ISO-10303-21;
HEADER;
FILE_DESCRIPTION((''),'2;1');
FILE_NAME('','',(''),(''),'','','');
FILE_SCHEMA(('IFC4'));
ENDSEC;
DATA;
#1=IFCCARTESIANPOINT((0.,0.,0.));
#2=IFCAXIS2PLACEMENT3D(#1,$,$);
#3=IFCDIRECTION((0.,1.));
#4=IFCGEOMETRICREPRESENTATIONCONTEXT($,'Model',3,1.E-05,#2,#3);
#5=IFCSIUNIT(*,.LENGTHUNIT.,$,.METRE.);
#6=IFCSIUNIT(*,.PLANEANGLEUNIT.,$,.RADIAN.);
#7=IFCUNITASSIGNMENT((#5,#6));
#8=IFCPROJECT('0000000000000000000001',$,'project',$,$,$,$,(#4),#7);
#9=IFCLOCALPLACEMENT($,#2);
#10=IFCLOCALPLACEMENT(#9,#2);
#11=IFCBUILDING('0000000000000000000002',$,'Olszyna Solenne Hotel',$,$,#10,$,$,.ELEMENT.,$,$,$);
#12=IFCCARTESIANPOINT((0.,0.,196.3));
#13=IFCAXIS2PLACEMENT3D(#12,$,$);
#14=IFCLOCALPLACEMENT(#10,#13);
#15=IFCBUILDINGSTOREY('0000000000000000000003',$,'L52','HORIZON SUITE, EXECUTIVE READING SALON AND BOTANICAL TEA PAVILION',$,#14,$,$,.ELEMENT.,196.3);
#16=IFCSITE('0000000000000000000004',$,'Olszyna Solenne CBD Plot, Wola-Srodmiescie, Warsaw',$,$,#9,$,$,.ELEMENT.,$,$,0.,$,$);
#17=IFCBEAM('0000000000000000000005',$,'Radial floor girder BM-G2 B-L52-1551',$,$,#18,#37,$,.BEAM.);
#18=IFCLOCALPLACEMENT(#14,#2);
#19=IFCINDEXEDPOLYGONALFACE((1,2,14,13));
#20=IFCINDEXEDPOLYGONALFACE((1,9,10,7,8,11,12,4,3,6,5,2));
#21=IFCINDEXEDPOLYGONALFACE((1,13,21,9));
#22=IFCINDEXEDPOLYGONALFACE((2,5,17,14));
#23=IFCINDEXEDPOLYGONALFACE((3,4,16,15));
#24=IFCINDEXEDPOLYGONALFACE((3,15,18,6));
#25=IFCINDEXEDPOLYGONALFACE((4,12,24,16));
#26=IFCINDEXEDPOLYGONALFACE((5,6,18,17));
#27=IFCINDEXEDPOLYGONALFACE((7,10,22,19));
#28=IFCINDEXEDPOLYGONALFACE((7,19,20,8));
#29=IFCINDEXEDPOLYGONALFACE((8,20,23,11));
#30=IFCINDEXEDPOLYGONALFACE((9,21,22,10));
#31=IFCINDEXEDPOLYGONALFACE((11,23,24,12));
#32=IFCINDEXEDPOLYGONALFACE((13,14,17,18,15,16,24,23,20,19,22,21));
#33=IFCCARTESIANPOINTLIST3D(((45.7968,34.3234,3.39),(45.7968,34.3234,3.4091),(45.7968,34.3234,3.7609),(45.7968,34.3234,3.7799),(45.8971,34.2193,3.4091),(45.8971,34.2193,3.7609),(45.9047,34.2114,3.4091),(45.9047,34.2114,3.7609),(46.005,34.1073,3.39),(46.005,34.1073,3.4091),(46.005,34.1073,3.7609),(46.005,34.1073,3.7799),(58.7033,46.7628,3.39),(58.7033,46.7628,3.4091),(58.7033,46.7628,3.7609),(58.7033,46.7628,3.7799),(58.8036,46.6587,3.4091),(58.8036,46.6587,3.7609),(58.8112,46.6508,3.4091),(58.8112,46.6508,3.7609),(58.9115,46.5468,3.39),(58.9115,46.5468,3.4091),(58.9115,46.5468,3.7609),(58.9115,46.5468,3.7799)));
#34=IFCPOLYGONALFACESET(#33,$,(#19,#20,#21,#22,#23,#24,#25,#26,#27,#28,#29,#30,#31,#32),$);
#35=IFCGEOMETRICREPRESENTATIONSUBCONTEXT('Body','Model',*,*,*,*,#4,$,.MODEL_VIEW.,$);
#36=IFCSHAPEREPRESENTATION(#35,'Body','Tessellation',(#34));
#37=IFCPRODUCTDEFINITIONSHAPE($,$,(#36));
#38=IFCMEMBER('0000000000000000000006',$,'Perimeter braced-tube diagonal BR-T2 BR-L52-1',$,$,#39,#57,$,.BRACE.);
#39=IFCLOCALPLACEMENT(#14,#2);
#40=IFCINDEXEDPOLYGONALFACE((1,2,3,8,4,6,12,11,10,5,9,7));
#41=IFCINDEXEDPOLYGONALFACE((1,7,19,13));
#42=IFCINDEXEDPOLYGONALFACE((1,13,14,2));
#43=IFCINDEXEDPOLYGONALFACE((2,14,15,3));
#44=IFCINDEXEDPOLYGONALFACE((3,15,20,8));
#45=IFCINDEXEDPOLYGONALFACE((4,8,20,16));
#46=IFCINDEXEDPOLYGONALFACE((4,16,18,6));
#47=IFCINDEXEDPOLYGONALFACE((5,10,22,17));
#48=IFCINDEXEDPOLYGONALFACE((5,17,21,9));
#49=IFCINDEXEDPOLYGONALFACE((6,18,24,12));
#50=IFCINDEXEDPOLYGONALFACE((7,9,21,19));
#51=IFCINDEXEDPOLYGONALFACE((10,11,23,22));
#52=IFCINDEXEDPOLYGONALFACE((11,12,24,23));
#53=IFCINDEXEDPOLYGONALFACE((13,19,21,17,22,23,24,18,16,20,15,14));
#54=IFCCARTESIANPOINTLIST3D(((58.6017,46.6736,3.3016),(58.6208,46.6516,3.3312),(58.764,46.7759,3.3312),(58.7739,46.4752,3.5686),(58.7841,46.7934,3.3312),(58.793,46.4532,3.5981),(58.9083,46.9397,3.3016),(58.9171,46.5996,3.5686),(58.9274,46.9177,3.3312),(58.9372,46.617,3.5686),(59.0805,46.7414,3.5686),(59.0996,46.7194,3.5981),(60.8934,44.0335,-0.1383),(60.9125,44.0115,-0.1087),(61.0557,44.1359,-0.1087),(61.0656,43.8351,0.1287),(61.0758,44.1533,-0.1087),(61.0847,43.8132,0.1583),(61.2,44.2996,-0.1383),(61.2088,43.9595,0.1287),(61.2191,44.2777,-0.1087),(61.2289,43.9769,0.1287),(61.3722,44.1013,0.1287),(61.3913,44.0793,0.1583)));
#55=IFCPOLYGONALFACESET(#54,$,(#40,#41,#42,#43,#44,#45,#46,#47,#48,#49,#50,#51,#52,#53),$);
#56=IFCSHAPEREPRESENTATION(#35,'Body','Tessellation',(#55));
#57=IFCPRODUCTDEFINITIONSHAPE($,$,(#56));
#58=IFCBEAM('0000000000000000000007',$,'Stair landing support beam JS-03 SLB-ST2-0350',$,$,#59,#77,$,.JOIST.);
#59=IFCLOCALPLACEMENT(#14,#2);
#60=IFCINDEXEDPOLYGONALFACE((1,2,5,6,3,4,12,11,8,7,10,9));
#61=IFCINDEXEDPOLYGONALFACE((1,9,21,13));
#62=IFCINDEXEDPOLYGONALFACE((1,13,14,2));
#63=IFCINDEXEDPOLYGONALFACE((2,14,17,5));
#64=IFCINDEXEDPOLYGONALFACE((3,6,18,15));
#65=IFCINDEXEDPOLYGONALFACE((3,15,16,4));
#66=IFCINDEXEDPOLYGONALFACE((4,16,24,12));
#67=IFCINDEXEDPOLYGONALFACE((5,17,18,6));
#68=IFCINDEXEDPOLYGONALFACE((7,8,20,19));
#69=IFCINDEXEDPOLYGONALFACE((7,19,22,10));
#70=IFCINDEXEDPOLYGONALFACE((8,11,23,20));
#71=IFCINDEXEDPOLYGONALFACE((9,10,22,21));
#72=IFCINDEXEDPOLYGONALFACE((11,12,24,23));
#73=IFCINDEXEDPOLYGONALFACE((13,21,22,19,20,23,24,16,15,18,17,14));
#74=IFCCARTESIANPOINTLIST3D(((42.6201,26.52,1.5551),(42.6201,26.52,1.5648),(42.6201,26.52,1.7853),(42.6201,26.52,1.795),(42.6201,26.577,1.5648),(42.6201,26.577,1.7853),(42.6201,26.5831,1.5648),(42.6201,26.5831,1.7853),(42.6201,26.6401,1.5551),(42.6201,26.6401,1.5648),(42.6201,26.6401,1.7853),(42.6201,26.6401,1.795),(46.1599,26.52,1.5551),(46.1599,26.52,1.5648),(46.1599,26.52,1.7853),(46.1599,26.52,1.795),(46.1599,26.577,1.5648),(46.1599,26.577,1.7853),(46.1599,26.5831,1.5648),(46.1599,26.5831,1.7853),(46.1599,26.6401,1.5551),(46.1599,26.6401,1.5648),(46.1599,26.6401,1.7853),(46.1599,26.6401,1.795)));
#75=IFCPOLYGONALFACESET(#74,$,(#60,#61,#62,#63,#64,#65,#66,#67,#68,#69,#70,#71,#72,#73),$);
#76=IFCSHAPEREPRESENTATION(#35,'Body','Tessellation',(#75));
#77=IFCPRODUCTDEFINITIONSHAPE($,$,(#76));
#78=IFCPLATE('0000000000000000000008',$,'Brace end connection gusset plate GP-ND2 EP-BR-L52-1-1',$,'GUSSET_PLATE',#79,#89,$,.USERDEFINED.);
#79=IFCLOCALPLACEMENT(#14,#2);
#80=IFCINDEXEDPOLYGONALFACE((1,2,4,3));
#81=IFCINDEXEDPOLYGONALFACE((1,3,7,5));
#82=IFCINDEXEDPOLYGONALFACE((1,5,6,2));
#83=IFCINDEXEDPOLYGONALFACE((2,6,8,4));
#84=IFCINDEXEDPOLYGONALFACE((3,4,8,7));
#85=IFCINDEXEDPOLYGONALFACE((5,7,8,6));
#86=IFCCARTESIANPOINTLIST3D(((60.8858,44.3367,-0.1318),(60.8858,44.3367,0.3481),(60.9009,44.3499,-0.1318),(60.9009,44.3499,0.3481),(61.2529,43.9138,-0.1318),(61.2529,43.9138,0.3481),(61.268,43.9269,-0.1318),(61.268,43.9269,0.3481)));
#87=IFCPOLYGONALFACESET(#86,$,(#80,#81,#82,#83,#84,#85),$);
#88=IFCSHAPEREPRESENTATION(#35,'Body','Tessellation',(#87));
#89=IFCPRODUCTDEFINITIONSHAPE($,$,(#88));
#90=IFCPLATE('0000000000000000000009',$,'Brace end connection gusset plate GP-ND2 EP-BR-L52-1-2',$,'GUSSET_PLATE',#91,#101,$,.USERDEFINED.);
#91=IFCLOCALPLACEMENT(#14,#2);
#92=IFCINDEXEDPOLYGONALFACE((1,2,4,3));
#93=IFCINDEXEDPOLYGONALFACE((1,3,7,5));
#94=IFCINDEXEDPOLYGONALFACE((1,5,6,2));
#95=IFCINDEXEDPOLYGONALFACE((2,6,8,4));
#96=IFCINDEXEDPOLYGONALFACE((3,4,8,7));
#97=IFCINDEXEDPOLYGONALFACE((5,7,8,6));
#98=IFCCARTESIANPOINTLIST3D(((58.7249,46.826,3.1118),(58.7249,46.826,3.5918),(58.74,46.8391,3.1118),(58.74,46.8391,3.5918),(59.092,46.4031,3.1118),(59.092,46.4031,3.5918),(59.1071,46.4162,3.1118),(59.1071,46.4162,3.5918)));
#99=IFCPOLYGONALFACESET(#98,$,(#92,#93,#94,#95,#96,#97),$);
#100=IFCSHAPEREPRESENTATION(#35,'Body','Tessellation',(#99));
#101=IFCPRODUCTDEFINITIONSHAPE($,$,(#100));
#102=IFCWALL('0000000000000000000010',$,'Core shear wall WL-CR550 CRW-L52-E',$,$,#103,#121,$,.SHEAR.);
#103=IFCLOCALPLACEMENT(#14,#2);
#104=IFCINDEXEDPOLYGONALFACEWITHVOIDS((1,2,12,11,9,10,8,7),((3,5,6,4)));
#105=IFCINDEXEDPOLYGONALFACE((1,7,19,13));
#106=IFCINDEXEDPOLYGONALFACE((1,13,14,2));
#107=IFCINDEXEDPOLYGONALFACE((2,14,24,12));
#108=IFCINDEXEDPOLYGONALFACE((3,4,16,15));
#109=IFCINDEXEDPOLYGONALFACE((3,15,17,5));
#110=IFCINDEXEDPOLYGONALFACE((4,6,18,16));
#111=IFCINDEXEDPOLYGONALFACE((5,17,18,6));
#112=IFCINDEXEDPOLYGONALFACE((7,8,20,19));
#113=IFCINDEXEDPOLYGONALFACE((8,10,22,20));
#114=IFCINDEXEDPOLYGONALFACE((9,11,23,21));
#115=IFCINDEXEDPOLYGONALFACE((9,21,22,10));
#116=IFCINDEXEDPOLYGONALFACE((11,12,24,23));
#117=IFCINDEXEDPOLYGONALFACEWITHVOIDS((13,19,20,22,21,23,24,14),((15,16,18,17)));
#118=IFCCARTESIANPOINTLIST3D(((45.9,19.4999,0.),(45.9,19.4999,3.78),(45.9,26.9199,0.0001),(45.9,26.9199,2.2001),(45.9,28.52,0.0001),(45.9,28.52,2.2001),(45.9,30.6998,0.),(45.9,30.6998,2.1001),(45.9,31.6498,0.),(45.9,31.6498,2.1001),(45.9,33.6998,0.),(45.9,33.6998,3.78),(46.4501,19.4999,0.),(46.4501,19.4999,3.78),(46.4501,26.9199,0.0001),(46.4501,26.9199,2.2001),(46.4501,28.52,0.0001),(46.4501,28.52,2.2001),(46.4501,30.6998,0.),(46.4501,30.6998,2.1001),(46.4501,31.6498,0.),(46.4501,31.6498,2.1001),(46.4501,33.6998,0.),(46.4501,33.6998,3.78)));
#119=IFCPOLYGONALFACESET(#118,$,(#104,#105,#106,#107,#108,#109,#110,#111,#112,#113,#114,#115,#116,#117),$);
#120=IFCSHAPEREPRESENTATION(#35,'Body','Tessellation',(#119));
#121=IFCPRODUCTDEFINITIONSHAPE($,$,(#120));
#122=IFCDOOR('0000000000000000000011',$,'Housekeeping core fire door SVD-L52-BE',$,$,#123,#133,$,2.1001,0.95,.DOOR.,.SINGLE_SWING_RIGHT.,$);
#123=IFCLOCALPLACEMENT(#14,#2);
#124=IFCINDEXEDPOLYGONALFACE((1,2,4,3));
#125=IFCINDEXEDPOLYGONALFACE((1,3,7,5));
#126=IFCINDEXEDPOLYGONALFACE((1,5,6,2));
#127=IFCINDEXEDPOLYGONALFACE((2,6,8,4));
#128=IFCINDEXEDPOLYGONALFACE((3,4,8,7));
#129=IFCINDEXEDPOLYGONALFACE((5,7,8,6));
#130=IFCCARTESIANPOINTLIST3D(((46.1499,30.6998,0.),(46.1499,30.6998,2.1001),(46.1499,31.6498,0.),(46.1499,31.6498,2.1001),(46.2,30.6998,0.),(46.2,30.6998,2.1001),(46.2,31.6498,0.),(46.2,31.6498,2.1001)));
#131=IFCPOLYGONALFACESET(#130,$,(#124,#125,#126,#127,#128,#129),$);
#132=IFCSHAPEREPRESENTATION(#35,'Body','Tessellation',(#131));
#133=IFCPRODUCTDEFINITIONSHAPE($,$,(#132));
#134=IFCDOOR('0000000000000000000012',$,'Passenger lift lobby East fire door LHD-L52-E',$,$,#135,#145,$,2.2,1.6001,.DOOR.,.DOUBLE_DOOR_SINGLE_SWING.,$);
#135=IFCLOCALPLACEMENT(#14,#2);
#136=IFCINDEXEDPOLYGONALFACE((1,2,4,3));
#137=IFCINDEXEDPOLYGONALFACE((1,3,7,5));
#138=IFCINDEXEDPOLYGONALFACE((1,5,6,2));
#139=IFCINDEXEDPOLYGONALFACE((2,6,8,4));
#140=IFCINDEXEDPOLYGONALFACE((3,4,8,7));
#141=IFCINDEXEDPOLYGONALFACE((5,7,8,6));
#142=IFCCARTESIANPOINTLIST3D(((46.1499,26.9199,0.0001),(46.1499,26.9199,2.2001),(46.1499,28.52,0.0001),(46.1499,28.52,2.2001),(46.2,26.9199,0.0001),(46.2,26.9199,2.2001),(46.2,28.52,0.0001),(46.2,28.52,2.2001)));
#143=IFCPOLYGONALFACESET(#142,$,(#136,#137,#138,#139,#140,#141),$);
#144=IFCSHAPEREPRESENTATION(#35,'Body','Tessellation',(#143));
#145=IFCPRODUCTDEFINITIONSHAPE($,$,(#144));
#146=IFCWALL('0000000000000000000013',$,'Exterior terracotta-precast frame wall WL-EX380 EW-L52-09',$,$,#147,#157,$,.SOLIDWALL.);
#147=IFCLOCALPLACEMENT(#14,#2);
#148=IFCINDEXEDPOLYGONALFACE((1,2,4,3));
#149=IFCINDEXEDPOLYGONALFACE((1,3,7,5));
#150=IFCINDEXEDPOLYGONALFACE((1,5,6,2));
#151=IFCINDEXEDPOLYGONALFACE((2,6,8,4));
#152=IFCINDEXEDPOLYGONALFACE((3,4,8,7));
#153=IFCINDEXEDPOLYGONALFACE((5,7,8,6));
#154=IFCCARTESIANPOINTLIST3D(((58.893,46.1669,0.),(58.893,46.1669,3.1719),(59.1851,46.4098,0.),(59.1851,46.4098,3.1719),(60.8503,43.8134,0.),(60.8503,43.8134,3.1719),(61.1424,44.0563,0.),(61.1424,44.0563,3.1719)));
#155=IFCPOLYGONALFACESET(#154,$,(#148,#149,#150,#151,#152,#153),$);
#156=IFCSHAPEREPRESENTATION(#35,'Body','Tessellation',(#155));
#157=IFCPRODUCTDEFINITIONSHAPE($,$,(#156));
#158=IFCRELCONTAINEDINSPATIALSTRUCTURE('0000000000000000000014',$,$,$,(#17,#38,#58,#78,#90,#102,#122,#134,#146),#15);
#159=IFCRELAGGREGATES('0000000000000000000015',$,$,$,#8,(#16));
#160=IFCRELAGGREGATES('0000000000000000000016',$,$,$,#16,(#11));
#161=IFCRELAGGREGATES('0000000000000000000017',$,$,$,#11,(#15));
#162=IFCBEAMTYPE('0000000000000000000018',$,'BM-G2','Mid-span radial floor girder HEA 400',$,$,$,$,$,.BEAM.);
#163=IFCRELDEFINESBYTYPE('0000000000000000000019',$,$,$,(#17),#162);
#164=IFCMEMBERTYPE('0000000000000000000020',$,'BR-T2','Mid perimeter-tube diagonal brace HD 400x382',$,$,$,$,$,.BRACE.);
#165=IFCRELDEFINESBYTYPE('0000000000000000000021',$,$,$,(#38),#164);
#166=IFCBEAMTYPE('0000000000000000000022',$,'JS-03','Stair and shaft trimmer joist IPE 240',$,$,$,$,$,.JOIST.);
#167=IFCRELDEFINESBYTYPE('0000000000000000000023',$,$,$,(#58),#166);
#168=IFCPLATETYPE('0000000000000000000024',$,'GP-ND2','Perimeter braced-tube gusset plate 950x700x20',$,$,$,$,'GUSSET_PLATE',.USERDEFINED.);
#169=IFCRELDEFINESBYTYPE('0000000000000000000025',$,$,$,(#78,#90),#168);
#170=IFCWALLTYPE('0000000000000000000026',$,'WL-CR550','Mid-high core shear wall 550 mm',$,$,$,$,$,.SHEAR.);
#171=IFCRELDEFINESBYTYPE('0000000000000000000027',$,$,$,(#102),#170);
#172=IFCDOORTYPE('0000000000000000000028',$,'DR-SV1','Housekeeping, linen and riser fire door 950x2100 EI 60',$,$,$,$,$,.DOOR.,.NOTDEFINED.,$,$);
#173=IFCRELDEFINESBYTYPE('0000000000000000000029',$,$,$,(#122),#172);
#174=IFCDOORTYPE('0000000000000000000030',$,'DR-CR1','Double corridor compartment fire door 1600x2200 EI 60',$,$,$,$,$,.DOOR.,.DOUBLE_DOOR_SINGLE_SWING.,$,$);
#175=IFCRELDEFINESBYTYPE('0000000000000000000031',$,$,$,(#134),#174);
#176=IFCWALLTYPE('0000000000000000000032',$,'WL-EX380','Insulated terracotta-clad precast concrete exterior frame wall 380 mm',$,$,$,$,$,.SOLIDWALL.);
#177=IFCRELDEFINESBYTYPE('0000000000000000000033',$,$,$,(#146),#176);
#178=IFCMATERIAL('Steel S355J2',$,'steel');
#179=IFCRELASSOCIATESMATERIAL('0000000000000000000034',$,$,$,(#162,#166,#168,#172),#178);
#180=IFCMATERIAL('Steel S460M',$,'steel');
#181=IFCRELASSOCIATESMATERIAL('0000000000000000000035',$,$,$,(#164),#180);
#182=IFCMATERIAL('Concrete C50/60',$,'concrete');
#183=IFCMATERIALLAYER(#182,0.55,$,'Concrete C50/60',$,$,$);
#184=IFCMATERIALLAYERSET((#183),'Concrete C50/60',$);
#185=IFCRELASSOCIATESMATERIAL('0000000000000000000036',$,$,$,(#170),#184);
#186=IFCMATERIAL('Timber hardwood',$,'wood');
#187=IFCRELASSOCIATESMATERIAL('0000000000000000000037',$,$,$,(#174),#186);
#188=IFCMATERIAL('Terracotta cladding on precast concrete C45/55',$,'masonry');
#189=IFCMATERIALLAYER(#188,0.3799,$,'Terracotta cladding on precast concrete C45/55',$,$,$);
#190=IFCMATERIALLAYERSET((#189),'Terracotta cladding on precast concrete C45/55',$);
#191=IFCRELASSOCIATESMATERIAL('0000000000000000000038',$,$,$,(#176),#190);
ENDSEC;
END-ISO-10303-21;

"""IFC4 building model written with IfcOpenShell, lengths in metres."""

from ifc_helpers import new_model, si_unit, direction, frame, frame_2d, origin, origin_2d, place, context, subcontext, project, spatial, rectangle, i_section, extrude, source, transform, mapped, material, layer, layer_set, material_profile, profile_set, type_object, type_shapes, element, fill, save


model = new_model("IFC4")

# Units and contexts
model_context = context("Model", 3, precision=1e-05, world=origin(), true_north=direction((0.0, 1.0)))
body_context = subcontext(model_context, "Body", "Model", "MODEL_VIEW")
ifc_project = project(units=[si_unit("LENGTHUNIT", "METRE"), si_unit("PLANEANGLEUNIT", "RADIAN")], contexts=[model_context])

# Site, building, storey
site_placement = place(None, origin())
site = spatial("IfcSite", under=ifc_project, at=site_placement, Name="Olszyna Solenne CBD Plot, Wola-Srodmiescie, Warsaw", CompositionType="ELEMENT", RefElevation=0.0)
building_placement = place(site_placement, origin())
building = spatial("IfcBuilding", under=site, at=building_placement, Name="Olszyna Solenne Hotel", CompositionType="ELEMENT")
storey_placement = place(building_placement, frame((0.0, 0.0, 196.3)))
storey = spatial("IfcBuildingStorey", under=building, at=storey_placement, Name="L52", Description="HORIZON SUITE, EXECUTIVE READING SALON AND BOTANICAL TEA PAVILION", CompositionType="ELEMENT", Elevation=196.3)

# Shared definitions
ifc_material_1 = material(Name="Steel S460M", Category="steel")

# Beam
ifc_material_2 = material(Name="Steel S355J2", Category="steel")
ifc_material_profile_1 = material_profile(ifc_material_2, i_section(OverallWidth=0.3, OverallDepth=0.3899, WebThickness=0.011, FlangeThickness=0.019, at=origin_2d()), Name="HEA 400", Category="load-bearing")
ifc_profile_set_1 = profile_set([ifc_material_profile_1], Name="Steel S355J2")
beam_type_1 = type_object("IfcBeamType", Name="BM-G2", Description="Mid-span radial floor girder HEA 400", PredefinedType="BEAM", material=ifc_profile_set_1)
shared_shape_1 = source(origin(), body_context, "Body", "SweptSolid", [
    extrude(i_section(OverallWidth=0.3, OverallDepth=0.3899, WebThickness=0.011, FlangeThickness=0.019, at=origin_2d()), origin(), (0.0, 0.0, 1.0), 17.9253),
])
beam_1_placement = place(storey_placement, frame((58.8074, 46.6548, 3.585), z_axis=(-0.720014, -0.693959, 0.0), x_axis=(0.693959, -0.720014, 0.0)))
element("IfcBeam", 1, at=beam_1_placement, inside=storey, type_object=beam_type_1, Name="Radial floor girder BM-G2 B-L52-1551", PredefinedType="BEAM", context=body_context, shape_type="MappedRepresentation", body=[
    mapped(shared_shape_1, transform((0.0, 0.0, 0.0), x_axis=(1.0, 0.0, 0.0), y_axis=(0.0, 1.0, 0.0), z_axis=(0.0, 0.0, 1.0), scale=1.0)),
])

# Member
ifc_material_profile_2 = material_profile(ifc_material_1, i_section(OverallWidth=0.406, OverallDepth=0.416, WebThickness=0.0266, FlangeThickness=0.0415, at=origin_2d()), Name="HD 400x382", Category="load-bearing")
ifc_profile_set_2 = profile_set([ifc_material_profile_2], Name="Steel S460M")
member_type = type_object("IfcMemberType", Name="BR-T2", Description="Mid perimeter-tube diagonal brace HD 400x382", PredefinedType="BRACE", material=ifc_profile_set_2)
shared_shape_2 = source(origin(), body_context, "Body", "SweptSolid", [
    extrude(i_section(OverallWidth=0.406, OverallDepth=0.416, WebThickness=0.0266, FlangeThickness=0.0415, at=origin_2d()), origin(), (0.0, 0.0, 1.0), 4.9045),
])
member_placement = place(storey_placement, frame((61.1423, 44.0564, 0.01), z_axis=(-0.46726, 0.538292, 0.701363), x_axis=(-0.755175, -0.655523, 0.0)))
element("IfcMember", 2, at=member_placement, inside=storey, type_object=member_type, Name="Perimeter braced-tube diagonal BR-T2 BR-L52-1", PredefinedType="BRACE", context=body_context, shape_type="MappedRepresentation", body=[
    mapped(shared_shape_2, transform((0.0, 0.0, 0.0), x_axis=(1.0, 0.0, 0.0), y_axis=(0.0, 1.0, 0.0), z_axis=(0.0, 0.0, 1.0), scale=1.0)),
])

# Beam
ifc_material_profile_3 = material_profile(ifc_material_2, i_section(OverallWidth=0.1201, OverallDepth=0.24, WebThickness=0.0061, FlangeThickness=0.0098, at=origin_2d()), Name="IPE 240", Category="load-bearing")
ifc_profile_set_3 = profile_set([ifc_material_profile_3], Name="Steel S355J2")
beam_type_2 = type_object("IfcBeamType", Name="JS-03", Description="Stair and shaft trimmer joist IPE 240", PredefinedType="JOIST", material=ifc_profile_set_3)
shared_shape_3 = source(origin(), body_context, "Body", "SweptSolid", [
    extrude(i_section(OverallWidth=0.1201, OverallDepth=0.24, WebThickness=0.0061, FlangeThickness=0.0098, at=origin_2d()), origin(), (0.0, 0.0, 1.0), 3.5398),
])
beam_2_placement = place(storey_placement, frame((46.1599, 26.5801, 1.675), z_axis=(-1.0, 0.0, 0.0), x_axis=(0.0, -1.0, 0.0)))
element("IfcBeam", 3, at=beam_2_placement, inside=storey, type_object=beam_type_2, Name="Stair landing support beam JS-03 SLB-ST2-0350", PredefinedType="JOIST", context=body_context, shape_type="MappedRepresentation", body=[
    mapped(shared_shape_3, transform((0.0, 0.0, 0.0), x_axis=(1.0, 0.0, 0.0), y_axis=(0.0, 1.0, 0.0), z_axis=(0.0, 0.0, 1.0), scale=1.0)),
])

# Plates
plate_type = type_object("IfcPlateType", Name="GP-ND2", Description="Perimeter braced-tube gusset plate 950x700x20", ElementType="GUSSET_PLATE", PredefinedType="USERDEFINED", material=ifc_material_2)
shared_shape_4 = source(origin(), body_context, "Body", "SweptSolid", [
    extrude(rectangle(XDim=0.5601, YDim=0.02, at=origin_2d()), origin(), (0.0, 0.0, 1.0), 0.48),
])
for number, where, z_axis, x_axis, name in (
    (4, (61.0769, 44.1318, -0.1318), (0.0, 0.0, 1.0), (-0.655532, 0.755167, 0.0), "Brace end connection gusset plate GP-ND2 EP-BR-L52-1-1"),
    (5, (58.916, 46.6211, 3.1118), (0.0, 0.0, 1.0), (-0.655532, 0.755167, 0.0), "Brace end connection gusset plate GP-ND2 EP-BR-L52-1-2"),
):
    element("IfcPlate", number, at=place(storey_placement, frame(where, z_axis=z_axis, x_axis=x_axis)), inside=storey, type_object=plate_type, Name=name, ObjectType="GUSSET_PLATE", PredefinedType="USERDEFINED", context=body_context, shape_type="MappedRepresentation", body=[
        mapped(shared_shape_4, transform((0.0, 0.0, 0.0), x_axis=(1.0, 0.0, 0.0), y_axis=(0.0, 1.0, 0.0), z_axis=(0.0, 0.0, 1.0), scale=1.0)),
    ])

# Wall, openings, doors
ifc_material_3 = material(Name="Concrete C50/60", Category="concrete")
ifc_layer_1 = layer(ifc_material_3, 0.55, Name="Concrete C50/60")
ifc_layer_set_1 = layer_set([ifc_layer_1], Name="Concrete C50/60")
wall_type_1 = type_object("IfcWallType", Name="WL-CR550", Description="Mid-high core shear wall 550 mm", PredefinedType="SHEAR", material=ifc_layer_set_1)
wall_1_placement = place(storey_placement, frame((46.175, 33.7, 0.0), z_axis=(0.0, 0.0, 1.0), x_axis=(0.0, -1.0, 0.0)))
wall_1 = element("IfcWall", 6, at=wall_1_placement, inside=storey, type_object=wall_type_1, Name="Core shear wall WL-CR550 CRW-L52-E", PredefinedType="SHEAR", context=body_context, shape_type="SweptSolid", body=[
    extrude(rectangle(XDim=14.2, YDim=0.55, at=frame_2d((7.1001, 0.0))), origin(), (0.0, 0.0, 1.0), 3.78),
])
opening_1_placement = place(wall_1_placement, frame((5.1799, 0.0, 0.0)))
opening_1 = element("IfcOpeningElement", 7, at=opening_1_placement, cuts=wall_1, PredefinedType="OPENING", context=body_context, shape_type="SweptSolid", body=[
    extrude(rectangle(XDim=1.6001, YDim=2.2, at=frame_2d((0.8, 1.1001))), frame((0.0, 0.2852, 0.0), z_axis=(0.0, -1.0, 0.0), x_axis=(1.0, 0.0, 0.0)), (0.0, 0.0, 1.0), 0.5701),
])
opening_2_placement = place(wall_1_placement, frame((2.05, 0.0, 0.0)))
opening_2 = element("IfcOpeningElement", 8, at=opening_2_placement, cuts=wall_1, PredefinedType="OPENING", context=body_context, shape_type="SweptSolid", body=[
    extrude(rectangle(XDim=0.95, YDim=2.1001, at=frame_2d((0.4751, 1.05))), frame((0.0, 0.2852, 0.0), z_axis=(0.0, -1.0, 0.0), x_axis=(1.0, 0.0, 0.0)), (0.0, 0.0, 1.0), 0.5701),
])
door_type_1 = type_object("IfcDoorType", Name="DR-SV1", Description="Housekeeping, linen and riser fire door 950x2100 EI 60", OperationType="NOTDEFINED", PredefinedType="DOOR", material=ifc_material_2)
shared_shape_5 = source(origin(), body_context, "Body", "SweptSolid", [
    extrude(rectangle(XDim=0.95, YDim=2.1001, at=frame_2d((0.4751, 1.05))), frame((0.0, 0.0249, 0.0), z_axis=(0.0, -1.0, 0.0), x_axis=(1.0, 0.0, 0.0)), (0.0, 0.0, 1.0), 0.05),
])
type_shapes(door_type_1, [shared_shape_5])
door_1_placement = place(opening_2_placement, origin())
door_1 = element("IfcDoor", 9, at=door_1_placement, inside=storey, type_object=door_type_1, Name="Housekeeping core fire door SVD-L52-BE", OperationType="SINGLE_SWING_RIGHT", OverallHeight=2.1001, OverallWidth=0.95, PredefinedType="DOOR", context=body_context, shape_type="MappedRepresentation", body=[
    mapped(shared_shape_5, transform((0.0, 0.0, 0.0), x_axis=(1.0, 0.0, 0.0), y_axis=(0.0, 1.0, 0.0), z_axis=(0.0, 0.0, 1.0), scale=1.0)),
])
fill(opening_2, door_1)
ifc_material_4 = material(Name="Timber hardwood", Category="wood")
door_type_2 = type_object("IfcDoorType", Name="DR-CR1", Description="Double corridor compartment fire door 1600x2200 EI 60", OperationType="DOUBLE_DOOR_SINGLE_SWING", PredefinedType="DOOR", material=ifc_material_4)
shared_shape_6 = source(origin(), body_context, "Body", "SweptSolid", [
    extrude(rectangle(XDim=1.6001, YDim=2.2, at=frame_2d((0.8, 1.1001))), frame((0.0, 0.0249, 0.0), z_axis=(0.0, -1.0, 0.0), x_axis=(1.0, 0.0, 0.0)), (0.0, 0.0, 1.0), 0.05),
])
type_shapes(door_type_2, [shared_shape_6])
door_2_placement = place(opening_1_placement, origin())
door_2 = element("IfcDoor", 10, at=door_2_placement, inside=storey, type_object=door_type_2, Name="Passenger lift lobby East fire door LHD-L52-E", OperationType="DOUBLE_DOOR_SINGLE_SWING", OverallHeight=2.2, OverallWidth=1.6001, PredefinedType="DOOR", context=body_context, shape_type="MappedRepresentation", body=[
    mapped(shared_shape_6, transform((0.0, 0.0, 0.0), x_axis=(1.0, 0.0, 0.0), y_axis=(0.0, 1.0, 0.0), z_axis=(0.0, 0.0, 1.0), scale=1.0)),
])
fill(opening_1, door_2)

# Wall
ifc_material_5 = material(Name="Terracotta cladding on precast concrete C45/55", Category="masonry")
ifc_layer_2 = layer(ifc_material_5, 0.3799, Name="Terracotta cladding on precast concrete C45/55")
ifc_layer_set_2 = layer_set([ifc_layer_2], Name="Terracotta cladding on precast concrete C45/55")
wall_type_2 = type_object("IfcWallType", Name="WL-EX380", Description="Insulated terracotta-clad precast concrete exterior frame wall 380 mm", PredefinedType="SOLIDWALL", material=ifc_layer_set_2)
wall_2_placement = place(storey_placement, frame((59.0391, 46.2883, 0.0), z_axis=(0.0, 0.0, 1.0), x_axis=(0.639415, -0.768862, 0.0)))
element("IfcWall", 11, at=wall_2_placement, inside=storey, type_object=wall_type_2, Name="Exterior terracotta-precast frame wall WL-EX380 EW-L52-09", PredefinedType="SOLIDWALL", context=body_context, shape_type="SweptSolid", body=[
    extrude(rectangle(XDim=3.061, YDim=0.3799, at=frame_2d((1.5305, 0.0))), origin(), (0.0, 0.0, 1.0), 3.1719),
])

save(model, "model.ifc")
